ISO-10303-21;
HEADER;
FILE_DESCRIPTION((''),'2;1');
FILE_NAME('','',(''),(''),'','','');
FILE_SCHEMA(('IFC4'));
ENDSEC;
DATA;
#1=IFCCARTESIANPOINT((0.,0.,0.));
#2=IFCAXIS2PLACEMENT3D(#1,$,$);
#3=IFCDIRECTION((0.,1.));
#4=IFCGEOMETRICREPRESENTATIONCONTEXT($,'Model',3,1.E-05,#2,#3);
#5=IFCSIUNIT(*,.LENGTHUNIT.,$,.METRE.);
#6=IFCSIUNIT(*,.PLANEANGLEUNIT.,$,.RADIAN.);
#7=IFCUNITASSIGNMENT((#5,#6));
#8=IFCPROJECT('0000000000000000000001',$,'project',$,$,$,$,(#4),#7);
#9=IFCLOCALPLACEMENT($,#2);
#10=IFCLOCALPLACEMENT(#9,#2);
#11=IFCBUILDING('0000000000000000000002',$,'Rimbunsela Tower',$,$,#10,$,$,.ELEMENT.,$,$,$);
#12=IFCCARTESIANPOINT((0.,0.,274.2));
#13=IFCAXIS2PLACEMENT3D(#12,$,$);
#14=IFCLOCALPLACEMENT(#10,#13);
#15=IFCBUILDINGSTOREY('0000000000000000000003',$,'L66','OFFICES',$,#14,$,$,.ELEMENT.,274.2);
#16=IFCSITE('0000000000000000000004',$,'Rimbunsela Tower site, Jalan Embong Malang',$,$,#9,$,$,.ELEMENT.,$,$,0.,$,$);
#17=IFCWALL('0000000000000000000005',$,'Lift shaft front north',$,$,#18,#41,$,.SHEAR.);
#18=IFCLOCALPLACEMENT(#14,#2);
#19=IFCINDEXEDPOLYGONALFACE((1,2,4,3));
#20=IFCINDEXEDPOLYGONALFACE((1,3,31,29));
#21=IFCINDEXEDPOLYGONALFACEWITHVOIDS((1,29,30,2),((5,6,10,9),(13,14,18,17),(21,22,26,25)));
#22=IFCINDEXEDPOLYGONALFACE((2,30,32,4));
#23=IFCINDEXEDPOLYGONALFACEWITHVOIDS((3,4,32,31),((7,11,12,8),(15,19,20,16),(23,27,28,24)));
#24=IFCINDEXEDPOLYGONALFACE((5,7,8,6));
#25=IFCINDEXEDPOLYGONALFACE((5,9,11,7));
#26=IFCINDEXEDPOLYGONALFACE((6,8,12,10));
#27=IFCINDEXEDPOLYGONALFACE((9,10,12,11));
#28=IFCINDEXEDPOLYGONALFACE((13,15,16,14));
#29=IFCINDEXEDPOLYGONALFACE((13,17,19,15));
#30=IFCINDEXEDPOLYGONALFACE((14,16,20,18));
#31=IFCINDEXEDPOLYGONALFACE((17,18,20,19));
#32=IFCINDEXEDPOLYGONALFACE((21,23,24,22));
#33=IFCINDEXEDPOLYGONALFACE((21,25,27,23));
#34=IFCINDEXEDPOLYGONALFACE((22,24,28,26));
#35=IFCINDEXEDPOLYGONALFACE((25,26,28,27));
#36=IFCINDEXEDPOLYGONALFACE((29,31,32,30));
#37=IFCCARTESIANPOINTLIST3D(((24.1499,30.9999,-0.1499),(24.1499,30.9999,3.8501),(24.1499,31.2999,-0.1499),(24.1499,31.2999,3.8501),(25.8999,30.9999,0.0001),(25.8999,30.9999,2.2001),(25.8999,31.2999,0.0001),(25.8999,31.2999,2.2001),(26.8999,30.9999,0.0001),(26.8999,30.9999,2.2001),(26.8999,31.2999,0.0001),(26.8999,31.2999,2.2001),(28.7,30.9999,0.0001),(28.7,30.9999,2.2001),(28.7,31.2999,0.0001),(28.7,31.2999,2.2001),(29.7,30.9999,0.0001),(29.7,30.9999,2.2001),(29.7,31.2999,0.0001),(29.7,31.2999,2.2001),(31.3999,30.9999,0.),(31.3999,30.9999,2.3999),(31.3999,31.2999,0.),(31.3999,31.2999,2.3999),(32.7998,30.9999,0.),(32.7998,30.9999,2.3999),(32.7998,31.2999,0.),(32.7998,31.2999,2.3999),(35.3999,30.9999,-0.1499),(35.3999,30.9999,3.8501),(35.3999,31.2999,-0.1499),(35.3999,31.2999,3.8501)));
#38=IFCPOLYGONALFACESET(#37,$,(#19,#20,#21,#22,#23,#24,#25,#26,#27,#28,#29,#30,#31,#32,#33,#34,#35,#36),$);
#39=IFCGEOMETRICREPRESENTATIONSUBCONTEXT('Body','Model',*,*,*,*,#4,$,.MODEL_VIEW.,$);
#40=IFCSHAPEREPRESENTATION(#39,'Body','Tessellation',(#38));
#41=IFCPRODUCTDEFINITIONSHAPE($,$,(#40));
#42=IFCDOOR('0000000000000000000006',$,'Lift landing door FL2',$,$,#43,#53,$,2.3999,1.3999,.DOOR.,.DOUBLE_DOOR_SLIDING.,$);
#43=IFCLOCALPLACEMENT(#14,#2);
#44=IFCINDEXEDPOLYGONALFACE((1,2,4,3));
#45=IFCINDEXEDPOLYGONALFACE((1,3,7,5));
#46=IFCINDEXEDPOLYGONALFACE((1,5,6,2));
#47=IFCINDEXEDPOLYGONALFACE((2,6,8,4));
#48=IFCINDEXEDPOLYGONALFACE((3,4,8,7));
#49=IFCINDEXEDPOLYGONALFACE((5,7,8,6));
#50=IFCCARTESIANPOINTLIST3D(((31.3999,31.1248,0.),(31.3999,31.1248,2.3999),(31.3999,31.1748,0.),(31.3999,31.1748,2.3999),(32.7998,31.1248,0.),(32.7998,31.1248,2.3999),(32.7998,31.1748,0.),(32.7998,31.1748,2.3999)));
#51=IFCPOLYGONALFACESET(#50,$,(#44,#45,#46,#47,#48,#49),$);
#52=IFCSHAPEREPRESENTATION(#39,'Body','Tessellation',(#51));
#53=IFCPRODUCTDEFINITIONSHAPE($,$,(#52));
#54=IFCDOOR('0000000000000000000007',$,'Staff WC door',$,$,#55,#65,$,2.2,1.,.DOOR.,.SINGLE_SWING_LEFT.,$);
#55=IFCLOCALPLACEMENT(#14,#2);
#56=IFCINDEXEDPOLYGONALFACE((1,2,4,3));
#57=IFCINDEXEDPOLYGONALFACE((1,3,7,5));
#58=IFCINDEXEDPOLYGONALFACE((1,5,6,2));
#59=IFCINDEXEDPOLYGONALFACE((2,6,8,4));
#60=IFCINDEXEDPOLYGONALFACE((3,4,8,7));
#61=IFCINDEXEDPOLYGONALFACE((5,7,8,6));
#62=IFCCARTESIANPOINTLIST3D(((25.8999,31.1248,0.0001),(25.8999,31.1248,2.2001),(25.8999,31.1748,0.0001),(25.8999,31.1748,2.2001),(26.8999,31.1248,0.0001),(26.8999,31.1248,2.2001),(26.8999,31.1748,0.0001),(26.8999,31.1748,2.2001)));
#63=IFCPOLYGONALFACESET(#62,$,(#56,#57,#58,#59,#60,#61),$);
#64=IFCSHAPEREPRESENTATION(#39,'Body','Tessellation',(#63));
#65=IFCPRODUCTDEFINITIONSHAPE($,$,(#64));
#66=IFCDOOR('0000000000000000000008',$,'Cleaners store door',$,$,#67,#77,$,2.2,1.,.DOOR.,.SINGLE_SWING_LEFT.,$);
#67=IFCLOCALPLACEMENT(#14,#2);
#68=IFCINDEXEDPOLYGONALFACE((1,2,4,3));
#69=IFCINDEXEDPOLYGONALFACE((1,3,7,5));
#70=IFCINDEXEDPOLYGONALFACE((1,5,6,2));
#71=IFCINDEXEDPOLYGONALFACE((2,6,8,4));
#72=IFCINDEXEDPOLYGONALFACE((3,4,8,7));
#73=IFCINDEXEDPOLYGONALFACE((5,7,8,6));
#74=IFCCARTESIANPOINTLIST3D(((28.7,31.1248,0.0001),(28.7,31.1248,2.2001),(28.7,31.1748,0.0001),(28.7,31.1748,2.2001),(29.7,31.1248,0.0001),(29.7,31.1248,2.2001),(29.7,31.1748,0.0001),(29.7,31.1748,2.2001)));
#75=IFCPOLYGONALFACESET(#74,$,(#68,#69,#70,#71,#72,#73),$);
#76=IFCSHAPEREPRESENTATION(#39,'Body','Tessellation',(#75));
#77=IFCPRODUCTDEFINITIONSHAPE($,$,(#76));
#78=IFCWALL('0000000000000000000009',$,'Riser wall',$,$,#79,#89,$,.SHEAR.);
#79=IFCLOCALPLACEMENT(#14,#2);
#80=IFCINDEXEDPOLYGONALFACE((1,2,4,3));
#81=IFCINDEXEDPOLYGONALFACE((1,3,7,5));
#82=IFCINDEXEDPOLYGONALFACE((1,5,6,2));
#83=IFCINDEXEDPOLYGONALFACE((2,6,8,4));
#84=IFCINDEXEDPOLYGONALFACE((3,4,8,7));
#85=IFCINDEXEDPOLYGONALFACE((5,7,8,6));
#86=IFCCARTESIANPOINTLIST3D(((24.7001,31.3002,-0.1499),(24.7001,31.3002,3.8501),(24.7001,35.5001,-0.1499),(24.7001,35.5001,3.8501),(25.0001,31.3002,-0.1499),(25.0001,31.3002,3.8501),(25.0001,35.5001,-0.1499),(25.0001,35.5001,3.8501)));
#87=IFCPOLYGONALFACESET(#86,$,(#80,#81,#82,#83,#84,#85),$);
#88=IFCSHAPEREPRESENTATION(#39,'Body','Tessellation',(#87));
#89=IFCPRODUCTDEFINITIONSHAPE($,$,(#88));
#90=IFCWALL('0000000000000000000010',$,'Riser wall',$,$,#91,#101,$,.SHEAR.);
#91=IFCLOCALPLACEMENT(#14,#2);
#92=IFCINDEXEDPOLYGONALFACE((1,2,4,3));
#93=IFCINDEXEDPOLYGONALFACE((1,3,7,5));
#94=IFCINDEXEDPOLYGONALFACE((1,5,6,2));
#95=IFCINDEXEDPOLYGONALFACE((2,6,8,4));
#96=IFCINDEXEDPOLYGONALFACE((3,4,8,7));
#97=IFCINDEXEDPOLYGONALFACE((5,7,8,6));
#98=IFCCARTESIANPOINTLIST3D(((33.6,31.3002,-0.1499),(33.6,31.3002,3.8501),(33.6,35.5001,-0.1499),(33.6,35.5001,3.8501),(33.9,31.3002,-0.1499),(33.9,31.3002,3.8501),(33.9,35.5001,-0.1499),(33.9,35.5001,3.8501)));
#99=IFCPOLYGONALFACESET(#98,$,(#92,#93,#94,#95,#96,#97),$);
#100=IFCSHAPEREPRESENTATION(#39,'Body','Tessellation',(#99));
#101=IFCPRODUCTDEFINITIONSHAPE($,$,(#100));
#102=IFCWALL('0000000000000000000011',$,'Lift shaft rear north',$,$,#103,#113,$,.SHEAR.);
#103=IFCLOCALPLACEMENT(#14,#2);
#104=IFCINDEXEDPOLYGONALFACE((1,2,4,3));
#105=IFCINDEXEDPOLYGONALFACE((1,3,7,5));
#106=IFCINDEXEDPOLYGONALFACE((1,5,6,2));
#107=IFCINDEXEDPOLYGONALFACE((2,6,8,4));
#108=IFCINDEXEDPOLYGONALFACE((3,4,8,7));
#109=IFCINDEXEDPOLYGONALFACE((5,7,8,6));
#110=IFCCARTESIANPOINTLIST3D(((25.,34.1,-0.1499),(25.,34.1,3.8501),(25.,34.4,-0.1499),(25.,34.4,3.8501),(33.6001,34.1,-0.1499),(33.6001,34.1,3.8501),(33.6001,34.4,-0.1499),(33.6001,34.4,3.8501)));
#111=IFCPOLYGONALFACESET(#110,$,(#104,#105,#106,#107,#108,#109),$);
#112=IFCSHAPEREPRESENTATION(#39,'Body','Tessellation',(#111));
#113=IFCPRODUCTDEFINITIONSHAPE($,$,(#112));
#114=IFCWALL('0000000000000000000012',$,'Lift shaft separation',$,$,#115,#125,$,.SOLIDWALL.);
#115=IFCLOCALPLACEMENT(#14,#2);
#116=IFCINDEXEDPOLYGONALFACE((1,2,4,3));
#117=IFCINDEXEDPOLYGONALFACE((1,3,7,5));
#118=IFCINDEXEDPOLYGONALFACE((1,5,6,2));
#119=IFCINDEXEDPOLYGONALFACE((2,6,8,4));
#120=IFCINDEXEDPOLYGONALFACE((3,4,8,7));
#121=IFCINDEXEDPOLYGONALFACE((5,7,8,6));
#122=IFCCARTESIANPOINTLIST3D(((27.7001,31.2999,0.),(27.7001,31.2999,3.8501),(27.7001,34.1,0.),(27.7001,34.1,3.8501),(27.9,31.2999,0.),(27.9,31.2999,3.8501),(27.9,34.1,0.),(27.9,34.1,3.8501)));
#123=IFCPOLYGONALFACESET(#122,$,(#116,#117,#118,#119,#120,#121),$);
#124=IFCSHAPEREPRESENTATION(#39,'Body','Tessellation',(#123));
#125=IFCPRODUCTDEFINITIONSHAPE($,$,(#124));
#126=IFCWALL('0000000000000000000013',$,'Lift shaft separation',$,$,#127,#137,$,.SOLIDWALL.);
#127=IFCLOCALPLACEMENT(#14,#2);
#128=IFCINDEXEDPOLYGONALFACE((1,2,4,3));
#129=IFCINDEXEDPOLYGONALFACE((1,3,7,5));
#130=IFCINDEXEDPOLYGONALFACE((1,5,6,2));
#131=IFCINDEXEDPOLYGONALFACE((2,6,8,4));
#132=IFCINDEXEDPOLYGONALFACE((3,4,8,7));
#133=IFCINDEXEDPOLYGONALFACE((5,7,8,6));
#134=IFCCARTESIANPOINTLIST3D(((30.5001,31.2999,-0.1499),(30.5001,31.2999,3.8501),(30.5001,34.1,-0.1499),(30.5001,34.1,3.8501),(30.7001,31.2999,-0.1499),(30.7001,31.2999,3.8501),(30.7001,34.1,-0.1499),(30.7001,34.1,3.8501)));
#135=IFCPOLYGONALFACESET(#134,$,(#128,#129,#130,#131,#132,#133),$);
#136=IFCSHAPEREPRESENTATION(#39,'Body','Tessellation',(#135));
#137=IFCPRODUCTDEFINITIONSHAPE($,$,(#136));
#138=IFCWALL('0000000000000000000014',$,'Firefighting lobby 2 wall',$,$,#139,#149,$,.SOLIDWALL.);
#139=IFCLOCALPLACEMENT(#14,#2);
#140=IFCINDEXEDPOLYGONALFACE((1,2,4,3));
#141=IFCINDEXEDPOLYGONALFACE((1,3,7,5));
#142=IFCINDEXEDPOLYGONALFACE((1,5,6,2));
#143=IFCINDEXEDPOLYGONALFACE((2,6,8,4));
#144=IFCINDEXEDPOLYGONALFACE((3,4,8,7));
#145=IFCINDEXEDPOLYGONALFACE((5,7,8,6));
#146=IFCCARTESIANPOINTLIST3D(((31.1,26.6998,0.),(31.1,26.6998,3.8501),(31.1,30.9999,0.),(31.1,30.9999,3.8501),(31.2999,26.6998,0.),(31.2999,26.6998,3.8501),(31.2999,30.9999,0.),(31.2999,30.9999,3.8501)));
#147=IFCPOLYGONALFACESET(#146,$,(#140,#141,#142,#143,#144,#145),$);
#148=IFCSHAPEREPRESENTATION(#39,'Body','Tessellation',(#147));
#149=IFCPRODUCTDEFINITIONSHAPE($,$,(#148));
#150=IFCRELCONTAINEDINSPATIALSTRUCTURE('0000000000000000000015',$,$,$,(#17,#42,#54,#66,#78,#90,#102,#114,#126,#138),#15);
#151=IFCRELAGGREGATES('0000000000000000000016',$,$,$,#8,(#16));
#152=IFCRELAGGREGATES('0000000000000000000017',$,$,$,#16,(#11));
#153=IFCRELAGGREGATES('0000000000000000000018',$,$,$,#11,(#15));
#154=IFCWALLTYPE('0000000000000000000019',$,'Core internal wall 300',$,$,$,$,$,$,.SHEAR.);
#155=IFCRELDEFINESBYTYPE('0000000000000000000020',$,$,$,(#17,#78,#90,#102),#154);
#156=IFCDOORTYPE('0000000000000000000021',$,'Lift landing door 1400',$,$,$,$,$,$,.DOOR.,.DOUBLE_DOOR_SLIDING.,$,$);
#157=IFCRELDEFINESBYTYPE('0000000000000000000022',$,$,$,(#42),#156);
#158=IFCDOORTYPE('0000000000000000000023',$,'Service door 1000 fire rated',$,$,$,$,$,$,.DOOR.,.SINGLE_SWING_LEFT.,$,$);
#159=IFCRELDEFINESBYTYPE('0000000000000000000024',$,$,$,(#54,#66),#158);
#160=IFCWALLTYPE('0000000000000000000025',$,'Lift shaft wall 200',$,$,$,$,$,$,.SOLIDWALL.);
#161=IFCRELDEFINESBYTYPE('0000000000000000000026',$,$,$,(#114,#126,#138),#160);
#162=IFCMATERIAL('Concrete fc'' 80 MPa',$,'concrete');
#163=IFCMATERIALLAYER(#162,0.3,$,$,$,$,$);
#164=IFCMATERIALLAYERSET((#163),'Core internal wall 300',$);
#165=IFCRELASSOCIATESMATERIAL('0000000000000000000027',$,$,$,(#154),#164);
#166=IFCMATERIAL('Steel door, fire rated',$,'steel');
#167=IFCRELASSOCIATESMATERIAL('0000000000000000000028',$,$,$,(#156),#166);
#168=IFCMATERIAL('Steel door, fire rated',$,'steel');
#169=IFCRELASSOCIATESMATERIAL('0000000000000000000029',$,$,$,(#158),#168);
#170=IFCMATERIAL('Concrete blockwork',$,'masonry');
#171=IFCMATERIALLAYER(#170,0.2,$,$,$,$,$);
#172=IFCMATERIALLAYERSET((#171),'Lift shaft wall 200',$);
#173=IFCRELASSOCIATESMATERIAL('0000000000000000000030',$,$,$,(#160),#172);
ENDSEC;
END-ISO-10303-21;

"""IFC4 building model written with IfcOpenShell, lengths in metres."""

from ifc_helpers import new_model, si_unit, direction, frame, frame_2d, origin, place, context, subcontext, project, spatial, rectangle, extrude, material, layer, layer_set, type_object, element, fill, save


model = new_model("IFC4")

# Units and contexts
model_context = context("Model", 3, precision=1e-05, world=origin(), true_north=direction((0.0, 1.0)))
body_context = subcontext(model_context, "Body", "Model", "MODEL_VIEW")
ifc_project = project(units=[si_unit("LENGTHUNIT", "METRE"), si_unit("PLANEANGLEUNIT", "RADIAN")], contexts=[model_context])

# Site, building, storey
site_placement = place(None, origin())
site = spatial("IfcSite", under=ifc_project, at=site_placement, Name="Rimbunsela Tower site, Jalan Embong Malang", CompositionType="ELEMENT", RefElevation=0.0)
building_placement = place(site_placement, origin())
building = spatial("IfcBuilding", under=site, at=building_placement, Name="Rimbunsela Tower", CompositionType="ELEMENT")
storey_placement = place(building_placement, frame((0.0, 0.0, 274.2)))
storey = spatial("IfcBuildingStorey", under=building, at=storey_placement, Name="L66", Description="OFFICES", CompositionType="ELEMENT", Elevation=274.2)

# Wall, openings, doors
ifc_material_1 = material(Name="Concrete fc' 80 MPa", Category="concrete")
ifc_layer_1 = layer(ifc_material_1, 0.3)
ifc_layer_set_1 = layer_set([ifc_layer_1], Name="Core internal wall 300")
wall_type_1 = type_object("IfcWallType", Name="Core internal wall 300", PredefinedType="SHEAR", material=ifc_layer_set_1)
wall_1_placement = place(storey_placement, frame((24.1499, 31.1499, -0.1499), z_axis=(0.0, 0.0, 1.0), x_axis=(1.0, 0.0, 0.0)))
wall_1 = element("IfcWall", 1, at=wall_1_placement, inside=storey, type_object=wall_type_1, Name="Lift shaft front north", PredefinedType="SHEAR", context=body_context, shape_type="SweptSolid", body=[
    extrude(rectangle(XDim=11.25, YDim=0.3, at=frame_2d((5.625, 0.0))), origin(), (0.0, 0.0, 1.0), 4.0),
])
opening_1_placement = place(wall_1_placement, frame((1.75, 0.0, 0.1499)))
opening_1 = element("IfcOpeningElement", 2, at=opening_1_placement, cuts=wall_1, PredefinedType="OPENING", context=body_context, shape_type="SweptSolid", body=[
    extrude(rectangle(XDim=1.0, YDim=2.2, at=frame_2d((0.5, 1.1001))), frame((0.0, 0.1599, 0.0), z_axis=(0.0, -1.0, 0.0), x_axis=(1.0, 0.0, 0.0)), (0.0, 0.0, 1.0), 0.3201),
])
opening_2_placement = place(wall_1_placement, frame((4.55, 0.0, 0.1499)))
opening_2 = element("IfcOpeningElement", 3, at=opening_2_placement, cuts=wall_1, PredefinedType="OPENING", context=body_context, shape_type="SweptSolid", body=[
    extrude(rectangle(XDim=1.0, YDim=2.2, at=frame_2d((0.5, 1.1001))), frame((0.0, 0.1599, 0.0), z_axis=(0.0, -1.0, 0.0), x_axis=(1.0, 0.0, 0.0)), (0.0, 0.0, 1.0), 0.3201),
])
opening_3_placement = place(wall_1_placement, frame((7.25, 0.0, 0.1499)))
opening_3 = element("IfcOpeningElement", 4, at=opening_3_placement, cuts=wall_1, PredefinedType="OPENING", context=body_context, shape_type="SweptSolid", body=[
    extrude(rectangle(XDim=1.3999, YDim=2.3999, at=frame_2d((0.7, 1.2))), frame((0.0, 0.1599, 0.0), z_axis=(0.0, -1.0, 0.0), x_axis=(1.0, 0.0, 0.0)), (0.0, 0.0, 1.0), 0.3201),
])
ifc_material_2 = material(Name="Steel door, fire rated", Category="steel")
door_type_1 = type_object("IfcDoorType", Name="Lift landing door 1400", OperationType="DOUBLE_DOOR_SLIDING", PredefinedType="DOOR", material=ifc_material_2)
door_1_placement = place(opening_3_placement, origin())
door_1 = element("IfcDoor", 5, at=door_1_placement, inside=storey, type_object=door_type_1, Name="Lift landing door FL2", OperationType="DOUBLE_DOOR_SLIDING", OverallHeight=2.3999, OverallWidth=1.3999, PredefinedType="DOOR", context=body_context, shape_type="SweptSolid", body=[
    extrude(rectangle(XDim=1.3999, YDim=2.3999, at=frame_2d((0.7, 1.2))), frame((0.0, 0.0249, 0.0), z_axis=(0.0, -1.0, 0.0), x_axis=(1.0, 0.0, 0.0)), (0.0, 0.0, 1.0), 0.05),
])
fill(opening_3, door_1)
ifc_material_3 = material(Name="Steel door, fire rated", Category="steel")
door_type_2 = type_object("IfcDoorType", Name="Service door 1000 fire rated", OperationType="SINGLE_SWING_LEFT", PredefinedType="DOOR", material=ifc_material_3)
door_2_placement = place(opening_1_placement, origin())
door_2 = element("IfcDoor", 6, at=door_2_placement, inside=storey, type_object=door_type_2, Name="Staff WC door", OperationType="SINGLE_SWING_LEFT", OverallHeight=2.2, OverallWidth=1.0, PredefinedType="DOOR", context=body_context, shape_type="SweptSolid", body=[
    extrude(rectangle(XDim=1.0, YDim=2.2, at=frame_2d((0.5, 1.1001))), frame((0.0, 0.0249, 0.0), z_axis=(0.0, -1.0, 0.0), x_axis=(1.0, 0.0, 0.0)), (0.0, 0.0, 1.0), 0.05),
])
fill(opening_1, door_2)
door_3_placement = place(opening_2_placement, origin())
door_3 = element("IfcDoor", 7, at=door_3_placement, inside=storey, type_object=door_type_2, Name="Cleaners store door", OperationType="SINGLE_SWING_LEFT", OverallHeight=2.2, OverallWidth=1.0, PredefinedType="DOOR", context=body_context, shape_type="SweptSolid", body=[
    extrude(rectangle(XDim=1.0, YDim=2.2, at=frame_2d((0.5, 1.1001))), frame((0.0, 0.0249, 0.0), z_axis=(0.0, -1.0, 0.0), x_axis=(1.0, 0.0, 0.0)), (0.0, 0.0, 1.0), 0.05),
])
fill(opening_2, door_3)

# Walls
for number, where, z_axis, x_axis, name in (
    (8, (24.8501, 31.3, -0.1499), (0.0, 0.0, 1.0), (0.0, 1.0, 0.0), "Riser wall"),
    (9, (33.75, 31.3, -0.1499), (0.0, 0.0, 1.0), (0.0, 1.0, 0.0), "Riser wall"),
):
    element("IfcWall", number, at=place(storey_placement, frame(where, z_axis=z_axis, x_axis=x_axis)), inside=storey, type_object=wall_type_1, Name=name, PredefinedType="SHEAR", context=body_context, shape_type="SweptSolid", body=[
        extrude(rectangle(XDim=4.2, YDim=0.3, at=frame_2d((2.1001, 0.0))), origin(), (0.0, 0.0, 1.0), 4.0),
    ])
wall_2_placement = place(storey_placement, frame((25.0, 34.25, -0.1499), z_axis=(0.0, 0.0, 1.0), x_axis=(1.0, 0.0, 0.0)))
element("IfcWall", 10, at=wall_2_placement, inside=storey, type_object=wall_type_1, Name="Lift shaft rear north", PredefinedType="SHEAR", context=body_context, shape_type="SweptSolid", body=[
    extrude(rectangle(XDim=8.6001, YDim=0.3, at=frame_2d((4.3, 0.0))), origin(), (0.0, 0.0, 1.0), 4.0),
])
ifc_material_4 = material(Name="Concrete blockwork", Category="masonry")
ifc_layer_2 = layer(ifc_material_4, 0.2)
ifc_layer_set_2 = layer_set([ifc_layer_2], Name="Lift shaft wall 200")
wall_type_2 = type_object("IfcWallType", Name="Lift shaft wall 200", PredefinedType="SOLIDWALL", material=ifc_layer_set_2)
wall_3_placement = place(storey_placement, frame((27.8, 31.3, 0.0), z_axis=(0.0, 0.0, 1.0), x_axis=(0.0, 1.0, 0.0)))
element("IfcWall", 11, at=wall_3_placement, inside=storey, type_object=wall_type_2, Name="Lift shaft separation", PredefinedType="SOLIDWALL", context=body_context, shape_type="SweptSolid", body=[
    extrude(rectangle(XDim=2.8, YDim=0.2, at=frame_2d((1.3999, 0.0))), origin(), (0.0, 0.0, 1.0), 3.8501),
])
wall_4_placement = place(storey_placement, frame((30.6001, 31.3, -0.1499), z_axis=(0.0, 0.0, 1.0), x_axis=(0.0, 1.0, 0.0)))
element("IfcWall", 12, at=wall_4_placement, inside=storey, type_object=wall_type_2, Name="Lift shaft separation", PredefinedType="SOLIDWALL", context=body_context, shape_type="SweptSolid", body=[
    extrude(rectangle(XDim=2.8, YDim=0.2, at=frame_2d((1.3999, 0.0))), origin(), (0.0, 0.0, 1.0), 4.0),
])
wall_5_placement = place(storey_placement, frame((31.2, 26.7, 0.0), z_axis=(0.0, 0.0, 1.0), x_axis=(0.0, 1.0, 0.0)))
element("IfcWall", 13, at=wall_5_placement, inside=storey, type_object=wall_type_2, Name="Firefighting lobby 2 wall", PredefinedType="SOLIDWALL", context=body_context, shape_type="SweptSolid", body=[
    extrude(rectangle(XDim=4.3, YDim=0.2, at=frame_2d((2.1499, 0.0))), origin(), (0.0, 0.0, 1.0), 3.8501),
])

save(model, "model.ifc")
